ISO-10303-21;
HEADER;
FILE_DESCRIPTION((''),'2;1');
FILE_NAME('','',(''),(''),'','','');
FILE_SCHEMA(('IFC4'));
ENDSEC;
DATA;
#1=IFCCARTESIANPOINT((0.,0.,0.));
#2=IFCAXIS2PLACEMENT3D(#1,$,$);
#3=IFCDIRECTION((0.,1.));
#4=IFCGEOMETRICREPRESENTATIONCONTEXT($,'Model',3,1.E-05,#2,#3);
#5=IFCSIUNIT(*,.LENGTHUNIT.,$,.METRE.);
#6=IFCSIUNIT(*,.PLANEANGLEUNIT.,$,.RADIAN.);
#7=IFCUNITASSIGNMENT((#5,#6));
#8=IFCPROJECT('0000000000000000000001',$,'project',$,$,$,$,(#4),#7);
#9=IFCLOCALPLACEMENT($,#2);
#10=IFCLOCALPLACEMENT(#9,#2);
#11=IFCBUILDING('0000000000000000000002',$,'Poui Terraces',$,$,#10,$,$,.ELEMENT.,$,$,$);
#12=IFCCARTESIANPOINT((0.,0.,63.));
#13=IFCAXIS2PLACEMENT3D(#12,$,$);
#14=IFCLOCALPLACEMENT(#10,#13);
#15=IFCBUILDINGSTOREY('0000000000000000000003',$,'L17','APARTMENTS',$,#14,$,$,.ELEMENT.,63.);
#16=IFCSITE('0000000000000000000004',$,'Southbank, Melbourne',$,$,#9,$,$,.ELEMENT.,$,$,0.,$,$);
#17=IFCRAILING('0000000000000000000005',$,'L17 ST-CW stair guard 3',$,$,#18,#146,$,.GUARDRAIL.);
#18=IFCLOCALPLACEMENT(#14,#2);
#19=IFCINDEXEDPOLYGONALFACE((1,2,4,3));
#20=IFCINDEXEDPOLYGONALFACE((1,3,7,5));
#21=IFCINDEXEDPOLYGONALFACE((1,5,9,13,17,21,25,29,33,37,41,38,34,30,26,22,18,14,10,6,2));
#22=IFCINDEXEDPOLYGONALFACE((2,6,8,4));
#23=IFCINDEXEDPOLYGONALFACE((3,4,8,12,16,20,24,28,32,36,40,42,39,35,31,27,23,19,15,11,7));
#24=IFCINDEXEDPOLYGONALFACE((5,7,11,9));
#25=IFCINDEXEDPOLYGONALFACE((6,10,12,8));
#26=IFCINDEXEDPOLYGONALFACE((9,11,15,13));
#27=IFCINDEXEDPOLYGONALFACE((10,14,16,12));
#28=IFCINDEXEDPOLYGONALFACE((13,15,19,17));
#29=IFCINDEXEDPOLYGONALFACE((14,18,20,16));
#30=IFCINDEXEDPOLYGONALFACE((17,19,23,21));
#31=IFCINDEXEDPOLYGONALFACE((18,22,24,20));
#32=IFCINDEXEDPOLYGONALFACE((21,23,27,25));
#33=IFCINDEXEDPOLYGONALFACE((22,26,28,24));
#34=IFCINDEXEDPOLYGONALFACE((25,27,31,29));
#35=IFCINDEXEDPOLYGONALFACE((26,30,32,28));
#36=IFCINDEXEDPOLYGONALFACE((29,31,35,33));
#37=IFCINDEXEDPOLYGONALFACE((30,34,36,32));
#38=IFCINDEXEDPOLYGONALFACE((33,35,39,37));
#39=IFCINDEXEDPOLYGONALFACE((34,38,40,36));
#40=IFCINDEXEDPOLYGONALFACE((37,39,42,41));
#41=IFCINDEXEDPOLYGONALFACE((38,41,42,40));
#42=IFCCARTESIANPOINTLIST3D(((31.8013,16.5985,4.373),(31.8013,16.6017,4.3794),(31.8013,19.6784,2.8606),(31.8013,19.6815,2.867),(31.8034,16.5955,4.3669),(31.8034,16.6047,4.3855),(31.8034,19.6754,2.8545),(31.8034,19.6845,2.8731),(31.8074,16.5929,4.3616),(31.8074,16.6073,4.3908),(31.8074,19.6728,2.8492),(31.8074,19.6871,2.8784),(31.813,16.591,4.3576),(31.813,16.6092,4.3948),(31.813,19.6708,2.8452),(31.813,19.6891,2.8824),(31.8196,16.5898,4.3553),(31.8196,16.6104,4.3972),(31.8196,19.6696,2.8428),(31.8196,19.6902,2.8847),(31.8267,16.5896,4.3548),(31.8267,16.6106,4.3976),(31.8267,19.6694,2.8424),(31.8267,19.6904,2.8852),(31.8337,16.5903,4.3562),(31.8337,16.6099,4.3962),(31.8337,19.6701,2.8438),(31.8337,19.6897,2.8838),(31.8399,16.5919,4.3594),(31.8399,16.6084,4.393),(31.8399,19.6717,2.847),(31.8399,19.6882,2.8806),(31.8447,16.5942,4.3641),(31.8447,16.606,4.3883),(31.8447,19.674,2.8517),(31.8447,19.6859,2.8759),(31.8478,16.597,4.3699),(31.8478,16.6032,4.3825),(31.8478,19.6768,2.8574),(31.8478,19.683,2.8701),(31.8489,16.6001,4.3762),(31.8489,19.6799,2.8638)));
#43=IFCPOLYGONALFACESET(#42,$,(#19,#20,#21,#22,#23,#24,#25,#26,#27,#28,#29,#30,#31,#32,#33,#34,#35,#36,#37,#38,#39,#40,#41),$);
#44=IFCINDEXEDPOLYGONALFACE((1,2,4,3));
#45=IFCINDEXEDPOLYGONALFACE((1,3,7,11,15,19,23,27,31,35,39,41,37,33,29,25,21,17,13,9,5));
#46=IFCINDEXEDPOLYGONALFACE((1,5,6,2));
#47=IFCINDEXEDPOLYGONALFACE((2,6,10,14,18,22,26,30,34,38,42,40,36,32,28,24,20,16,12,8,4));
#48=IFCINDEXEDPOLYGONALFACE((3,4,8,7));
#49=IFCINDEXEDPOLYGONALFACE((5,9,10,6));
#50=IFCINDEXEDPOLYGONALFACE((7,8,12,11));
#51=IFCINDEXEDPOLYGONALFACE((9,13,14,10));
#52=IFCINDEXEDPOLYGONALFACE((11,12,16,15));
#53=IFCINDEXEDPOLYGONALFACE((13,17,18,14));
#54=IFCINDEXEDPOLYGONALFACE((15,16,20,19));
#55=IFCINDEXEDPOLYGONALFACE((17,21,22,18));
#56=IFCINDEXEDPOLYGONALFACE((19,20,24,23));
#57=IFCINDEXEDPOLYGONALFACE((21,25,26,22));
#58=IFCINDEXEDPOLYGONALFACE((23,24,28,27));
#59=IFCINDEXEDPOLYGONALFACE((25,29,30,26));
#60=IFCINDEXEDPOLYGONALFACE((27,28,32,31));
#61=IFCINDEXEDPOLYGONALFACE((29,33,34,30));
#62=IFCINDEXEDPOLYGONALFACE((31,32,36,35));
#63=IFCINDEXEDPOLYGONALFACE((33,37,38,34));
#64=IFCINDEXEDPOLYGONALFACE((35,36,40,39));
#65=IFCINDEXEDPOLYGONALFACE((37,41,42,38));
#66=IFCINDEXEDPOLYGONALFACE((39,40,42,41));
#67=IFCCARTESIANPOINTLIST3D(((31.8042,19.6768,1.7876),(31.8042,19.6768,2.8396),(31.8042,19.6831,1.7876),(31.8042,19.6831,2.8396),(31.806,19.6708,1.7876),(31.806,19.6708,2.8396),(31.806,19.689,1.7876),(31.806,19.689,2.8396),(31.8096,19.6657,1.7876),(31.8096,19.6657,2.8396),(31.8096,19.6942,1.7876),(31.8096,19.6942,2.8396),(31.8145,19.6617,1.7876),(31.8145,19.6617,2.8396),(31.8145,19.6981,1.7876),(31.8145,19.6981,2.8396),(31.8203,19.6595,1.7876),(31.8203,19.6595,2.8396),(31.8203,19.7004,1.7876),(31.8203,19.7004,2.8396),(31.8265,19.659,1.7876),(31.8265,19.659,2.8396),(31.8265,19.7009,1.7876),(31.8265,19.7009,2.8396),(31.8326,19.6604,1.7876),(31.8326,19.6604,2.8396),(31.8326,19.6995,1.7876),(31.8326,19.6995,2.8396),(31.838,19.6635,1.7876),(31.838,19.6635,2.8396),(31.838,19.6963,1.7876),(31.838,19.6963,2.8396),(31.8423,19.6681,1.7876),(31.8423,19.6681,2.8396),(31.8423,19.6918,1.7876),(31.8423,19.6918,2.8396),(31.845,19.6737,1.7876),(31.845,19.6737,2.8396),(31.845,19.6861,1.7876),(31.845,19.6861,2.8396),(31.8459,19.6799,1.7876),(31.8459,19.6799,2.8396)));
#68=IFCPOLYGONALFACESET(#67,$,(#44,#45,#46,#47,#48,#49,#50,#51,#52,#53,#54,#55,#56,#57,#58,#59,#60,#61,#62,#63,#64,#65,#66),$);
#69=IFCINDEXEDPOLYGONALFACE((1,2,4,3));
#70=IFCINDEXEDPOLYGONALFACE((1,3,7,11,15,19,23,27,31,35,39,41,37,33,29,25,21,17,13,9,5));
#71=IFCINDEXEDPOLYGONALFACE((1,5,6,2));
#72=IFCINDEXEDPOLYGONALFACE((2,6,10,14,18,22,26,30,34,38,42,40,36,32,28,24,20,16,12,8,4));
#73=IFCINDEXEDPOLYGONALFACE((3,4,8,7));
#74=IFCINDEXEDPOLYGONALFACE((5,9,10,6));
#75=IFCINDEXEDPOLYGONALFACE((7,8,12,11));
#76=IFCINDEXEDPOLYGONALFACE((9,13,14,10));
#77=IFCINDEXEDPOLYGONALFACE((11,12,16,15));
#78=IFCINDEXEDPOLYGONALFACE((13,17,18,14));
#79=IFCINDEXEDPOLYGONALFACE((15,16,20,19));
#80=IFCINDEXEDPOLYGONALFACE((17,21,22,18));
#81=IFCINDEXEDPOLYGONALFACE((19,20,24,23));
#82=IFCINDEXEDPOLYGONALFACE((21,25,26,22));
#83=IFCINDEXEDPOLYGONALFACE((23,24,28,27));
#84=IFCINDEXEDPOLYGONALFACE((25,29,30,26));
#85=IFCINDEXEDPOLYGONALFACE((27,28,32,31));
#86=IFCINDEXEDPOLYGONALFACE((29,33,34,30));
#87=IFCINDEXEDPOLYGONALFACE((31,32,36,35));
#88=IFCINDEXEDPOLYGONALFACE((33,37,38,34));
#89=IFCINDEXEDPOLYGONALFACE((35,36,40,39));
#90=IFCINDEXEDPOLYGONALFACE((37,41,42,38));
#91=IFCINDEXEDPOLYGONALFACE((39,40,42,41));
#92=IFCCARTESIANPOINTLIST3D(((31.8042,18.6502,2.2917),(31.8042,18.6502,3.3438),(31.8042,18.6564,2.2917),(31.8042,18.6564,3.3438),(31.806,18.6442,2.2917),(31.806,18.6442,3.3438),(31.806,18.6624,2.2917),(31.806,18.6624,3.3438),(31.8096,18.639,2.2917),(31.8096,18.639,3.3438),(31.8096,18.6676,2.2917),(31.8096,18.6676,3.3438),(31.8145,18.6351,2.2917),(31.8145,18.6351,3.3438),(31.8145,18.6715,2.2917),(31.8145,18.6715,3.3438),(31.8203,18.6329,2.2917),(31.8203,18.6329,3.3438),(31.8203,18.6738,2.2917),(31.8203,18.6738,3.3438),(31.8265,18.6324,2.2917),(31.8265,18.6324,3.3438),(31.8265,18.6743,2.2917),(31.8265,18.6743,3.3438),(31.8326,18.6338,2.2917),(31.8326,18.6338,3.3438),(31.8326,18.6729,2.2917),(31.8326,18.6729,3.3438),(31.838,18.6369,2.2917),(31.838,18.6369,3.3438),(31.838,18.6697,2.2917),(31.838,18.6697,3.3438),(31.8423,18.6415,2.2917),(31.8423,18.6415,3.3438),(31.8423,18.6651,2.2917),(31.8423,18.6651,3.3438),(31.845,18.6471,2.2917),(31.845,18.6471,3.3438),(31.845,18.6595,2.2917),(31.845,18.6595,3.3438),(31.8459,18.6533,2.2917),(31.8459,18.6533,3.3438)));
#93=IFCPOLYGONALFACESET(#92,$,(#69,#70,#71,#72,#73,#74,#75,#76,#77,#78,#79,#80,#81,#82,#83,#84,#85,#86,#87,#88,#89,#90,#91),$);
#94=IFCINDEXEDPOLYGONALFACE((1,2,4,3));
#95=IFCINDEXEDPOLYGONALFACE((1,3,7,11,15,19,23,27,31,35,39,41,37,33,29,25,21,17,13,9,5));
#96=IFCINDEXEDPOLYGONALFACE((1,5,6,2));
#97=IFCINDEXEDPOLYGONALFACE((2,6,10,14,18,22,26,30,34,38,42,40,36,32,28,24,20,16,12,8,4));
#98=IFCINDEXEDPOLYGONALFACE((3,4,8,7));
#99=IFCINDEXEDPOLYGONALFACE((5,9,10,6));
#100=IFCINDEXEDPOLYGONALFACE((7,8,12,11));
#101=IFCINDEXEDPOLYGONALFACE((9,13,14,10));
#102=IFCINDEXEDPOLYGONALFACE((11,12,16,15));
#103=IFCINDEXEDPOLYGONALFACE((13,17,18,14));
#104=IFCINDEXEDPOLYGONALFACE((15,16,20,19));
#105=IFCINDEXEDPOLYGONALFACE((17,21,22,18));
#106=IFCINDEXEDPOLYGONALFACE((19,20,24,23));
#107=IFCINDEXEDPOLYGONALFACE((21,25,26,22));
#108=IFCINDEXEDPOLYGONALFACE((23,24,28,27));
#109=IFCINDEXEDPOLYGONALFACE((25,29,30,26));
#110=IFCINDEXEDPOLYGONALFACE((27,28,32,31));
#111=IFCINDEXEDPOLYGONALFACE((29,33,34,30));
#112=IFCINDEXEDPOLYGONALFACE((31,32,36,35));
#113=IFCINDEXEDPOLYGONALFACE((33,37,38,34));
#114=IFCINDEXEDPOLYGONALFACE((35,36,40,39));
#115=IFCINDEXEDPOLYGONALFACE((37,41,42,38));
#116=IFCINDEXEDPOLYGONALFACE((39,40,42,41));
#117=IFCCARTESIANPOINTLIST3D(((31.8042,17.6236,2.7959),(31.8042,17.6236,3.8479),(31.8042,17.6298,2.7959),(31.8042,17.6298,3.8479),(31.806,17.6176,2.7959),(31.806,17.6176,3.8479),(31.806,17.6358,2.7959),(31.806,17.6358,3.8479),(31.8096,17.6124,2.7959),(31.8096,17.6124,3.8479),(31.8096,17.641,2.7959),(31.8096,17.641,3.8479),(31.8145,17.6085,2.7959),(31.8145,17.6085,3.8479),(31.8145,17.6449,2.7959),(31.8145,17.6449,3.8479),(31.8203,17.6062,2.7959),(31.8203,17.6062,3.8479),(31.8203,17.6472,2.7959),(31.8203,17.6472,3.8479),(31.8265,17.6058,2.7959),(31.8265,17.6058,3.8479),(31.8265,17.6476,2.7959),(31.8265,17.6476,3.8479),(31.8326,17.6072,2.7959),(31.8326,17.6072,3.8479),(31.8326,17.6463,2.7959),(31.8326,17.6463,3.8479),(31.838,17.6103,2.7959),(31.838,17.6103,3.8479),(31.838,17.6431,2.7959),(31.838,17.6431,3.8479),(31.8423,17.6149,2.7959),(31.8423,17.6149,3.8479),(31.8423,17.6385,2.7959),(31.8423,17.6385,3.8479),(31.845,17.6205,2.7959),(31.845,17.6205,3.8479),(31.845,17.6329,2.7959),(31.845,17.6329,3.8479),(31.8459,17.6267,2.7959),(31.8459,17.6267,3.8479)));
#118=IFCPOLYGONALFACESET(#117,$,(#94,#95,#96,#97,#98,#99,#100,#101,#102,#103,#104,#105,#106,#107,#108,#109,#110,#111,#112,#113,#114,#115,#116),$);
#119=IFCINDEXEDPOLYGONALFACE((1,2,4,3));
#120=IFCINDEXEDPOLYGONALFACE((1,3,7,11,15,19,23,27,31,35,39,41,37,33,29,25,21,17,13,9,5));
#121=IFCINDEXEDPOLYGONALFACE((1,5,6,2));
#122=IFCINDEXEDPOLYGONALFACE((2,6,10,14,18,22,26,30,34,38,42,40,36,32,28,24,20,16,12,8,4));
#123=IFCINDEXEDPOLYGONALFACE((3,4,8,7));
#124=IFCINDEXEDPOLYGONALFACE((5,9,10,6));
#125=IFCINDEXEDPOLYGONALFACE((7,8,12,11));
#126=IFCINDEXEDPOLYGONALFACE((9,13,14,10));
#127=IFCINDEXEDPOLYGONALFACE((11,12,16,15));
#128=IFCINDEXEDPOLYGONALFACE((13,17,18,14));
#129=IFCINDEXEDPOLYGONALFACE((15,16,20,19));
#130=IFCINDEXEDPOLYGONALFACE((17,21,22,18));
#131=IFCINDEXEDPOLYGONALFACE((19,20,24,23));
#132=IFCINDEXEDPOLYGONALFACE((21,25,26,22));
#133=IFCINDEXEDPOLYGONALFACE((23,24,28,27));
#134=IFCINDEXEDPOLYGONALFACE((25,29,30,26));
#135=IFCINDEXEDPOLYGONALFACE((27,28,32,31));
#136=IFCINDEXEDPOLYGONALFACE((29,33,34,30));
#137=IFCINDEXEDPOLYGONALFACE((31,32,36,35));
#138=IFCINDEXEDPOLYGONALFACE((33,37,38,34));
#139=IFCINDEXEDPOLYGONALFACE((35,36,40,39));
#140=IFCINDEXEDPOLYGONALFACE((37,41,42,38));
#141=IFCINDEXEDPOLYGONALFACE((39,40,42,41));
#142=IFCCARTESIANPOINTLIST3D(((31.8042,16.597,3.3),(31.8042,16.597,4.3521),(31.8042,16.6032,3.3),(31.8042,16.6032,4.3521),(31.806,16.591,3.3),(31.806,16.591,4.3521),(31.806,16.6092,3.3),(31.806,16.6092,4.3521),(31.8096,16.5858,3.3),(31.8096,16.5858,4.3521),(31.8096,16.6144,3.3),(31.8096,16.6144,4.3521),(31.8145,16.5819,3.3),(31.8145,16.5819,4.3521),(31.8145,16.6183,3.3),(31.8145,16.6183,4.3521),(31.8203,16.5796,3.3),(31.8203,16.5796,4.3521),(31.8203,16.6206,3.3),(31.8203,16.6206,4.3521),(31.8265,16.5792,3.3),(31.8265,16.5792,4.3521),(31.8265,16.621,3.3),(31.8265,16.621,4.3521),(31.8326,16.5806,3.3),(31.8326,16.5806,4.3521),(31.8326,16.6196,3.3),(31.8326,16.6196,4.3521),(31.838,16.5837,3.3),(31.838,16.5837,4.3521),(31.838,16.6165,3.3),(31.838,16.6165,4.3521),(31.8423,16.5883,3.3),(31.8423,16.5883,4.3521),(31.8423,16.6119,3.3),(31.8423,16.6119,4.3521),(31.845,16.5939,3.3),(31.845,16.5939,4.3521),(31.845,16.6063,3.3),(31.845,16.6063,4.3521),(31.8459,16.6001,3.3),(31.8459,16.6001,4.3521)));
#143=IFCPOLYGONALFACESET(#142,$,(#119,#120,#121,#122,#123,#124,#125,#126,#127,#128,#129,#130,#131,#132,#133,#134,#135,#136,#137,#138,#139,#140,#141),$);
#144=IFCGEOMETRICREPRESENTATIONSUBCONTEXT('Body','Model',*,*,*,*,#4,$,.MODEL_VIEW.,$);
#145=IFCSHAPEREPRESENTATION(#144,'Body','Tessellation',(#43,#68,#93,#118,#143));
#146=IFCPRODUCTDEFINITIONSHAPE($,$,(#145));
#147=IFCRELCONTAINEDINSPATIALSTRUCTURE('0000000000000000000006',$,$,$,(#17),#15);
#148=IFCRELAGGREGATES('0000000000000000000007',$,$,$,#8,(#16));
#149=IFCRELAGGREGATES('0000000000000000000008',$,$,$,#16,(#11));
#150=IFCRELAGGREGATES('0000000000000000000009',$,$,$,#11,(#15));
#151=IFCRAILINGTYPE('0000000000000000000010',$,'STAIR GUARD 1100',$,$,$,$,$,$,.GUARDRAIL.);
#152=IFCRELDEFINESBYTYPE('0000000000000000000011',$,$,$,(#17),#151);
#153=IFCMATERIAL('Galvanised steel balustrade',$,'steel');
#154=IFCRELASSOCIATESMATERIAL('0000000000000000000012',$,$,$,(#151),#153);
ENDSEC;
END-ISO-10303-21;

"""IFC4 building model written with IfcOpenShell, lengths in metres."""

from ifc_helpers import new_model, si_unit, direction, frame, origin, origin_2d, place, context, subcontext, project, spatial, circle, extrude, material, type_object, element, save


model = new_model("IFC4")

# Units and contexts
model_context = context("Model", 3, precision=1e-05, world=origin(), true_north=direction((0.0, 1.0)))
body_context = subcontext(model_context, "Body", "Model", "MODEL_VIEW")
ifc_project = project(units=[si_unit("LENGTHUNIT", "METRE"), si_unit("PLANEANGLEUNIT", "RADIAN")], contexts=[model_context])

# Site, building, storey
site_placement = place(None, origin())
site = spatial("IfcSite", under=ifc_project, at=site_placement, Name="Southbank, Melbourne", CompositionType="ELEMENT", RefElevation=0.0)
building_placement = place(site_placement, origin())
building = spatial("IfcBuilding", under=site, at=building_placement, Name="Poui Terraces", CompositionType="ELEMENT")
storey_placement = place(building_placement, frame((0.0, 0.0, 63.0)))
storey = spatial("IfcBuildingStorey", under=building, at=storey_placement, Name="L17", Description="APARTMENTS", CompositionType="ELEMENT", Elevation=63.0)

# Railing
ifc_material_1 = material(Name="Galvanised steel balustrade", Category="steel")
railing_type_1 = type_object("IfcRailingType", Name="STAIR GUARD 1100", PredefinedType="GUARDRAIL", material=ifc_material_1)
railing_1_placement = place(storey_placement, frame((31.825, 19.6799, 1.7876)))
element("IfcRailing", 1, at=railing_1_placement, inside=storey, type_object=railing_type_1, Name="L17 ST-CW stair guard 3", PredefinedType="GUARDRAIL", context=body_context, shape_type="SweptSolid", body=[
    extrude(circle(Radius=0.0239, at=origin_2d()), frame((0.0, 0.0, 1.0762), z_axis=(0.0, -0.897606, 0.440798), x_axis=(1.0, 0.0, 0.0)), (0.0, 0.0, 1.0), 3.4312),
    extrude(circle(Radius=0.021, at=origin_2d()), origin(), (0.0, 0.0, 1.0), 1.052),
    extrude(circle(Radius=0.021, at=origin_2d()), frame((0.0, -1.0266, 0.5042)), (0.0, 0.0, 1.0), 1.052),
    extrude(circle(Radius=0.021, at=origin_2d()), frame((0.0, -2.0532, 1.0083)), (0.0, 0.0, 1.0), 1.052),
    extrude(circle(Radius=0.021, at=origin_2d()), frame((0.0, -3.0798, 1.5125)), (0.0, 0.0, 1.0), 1.052),
])

save(model, "model.ifc")
